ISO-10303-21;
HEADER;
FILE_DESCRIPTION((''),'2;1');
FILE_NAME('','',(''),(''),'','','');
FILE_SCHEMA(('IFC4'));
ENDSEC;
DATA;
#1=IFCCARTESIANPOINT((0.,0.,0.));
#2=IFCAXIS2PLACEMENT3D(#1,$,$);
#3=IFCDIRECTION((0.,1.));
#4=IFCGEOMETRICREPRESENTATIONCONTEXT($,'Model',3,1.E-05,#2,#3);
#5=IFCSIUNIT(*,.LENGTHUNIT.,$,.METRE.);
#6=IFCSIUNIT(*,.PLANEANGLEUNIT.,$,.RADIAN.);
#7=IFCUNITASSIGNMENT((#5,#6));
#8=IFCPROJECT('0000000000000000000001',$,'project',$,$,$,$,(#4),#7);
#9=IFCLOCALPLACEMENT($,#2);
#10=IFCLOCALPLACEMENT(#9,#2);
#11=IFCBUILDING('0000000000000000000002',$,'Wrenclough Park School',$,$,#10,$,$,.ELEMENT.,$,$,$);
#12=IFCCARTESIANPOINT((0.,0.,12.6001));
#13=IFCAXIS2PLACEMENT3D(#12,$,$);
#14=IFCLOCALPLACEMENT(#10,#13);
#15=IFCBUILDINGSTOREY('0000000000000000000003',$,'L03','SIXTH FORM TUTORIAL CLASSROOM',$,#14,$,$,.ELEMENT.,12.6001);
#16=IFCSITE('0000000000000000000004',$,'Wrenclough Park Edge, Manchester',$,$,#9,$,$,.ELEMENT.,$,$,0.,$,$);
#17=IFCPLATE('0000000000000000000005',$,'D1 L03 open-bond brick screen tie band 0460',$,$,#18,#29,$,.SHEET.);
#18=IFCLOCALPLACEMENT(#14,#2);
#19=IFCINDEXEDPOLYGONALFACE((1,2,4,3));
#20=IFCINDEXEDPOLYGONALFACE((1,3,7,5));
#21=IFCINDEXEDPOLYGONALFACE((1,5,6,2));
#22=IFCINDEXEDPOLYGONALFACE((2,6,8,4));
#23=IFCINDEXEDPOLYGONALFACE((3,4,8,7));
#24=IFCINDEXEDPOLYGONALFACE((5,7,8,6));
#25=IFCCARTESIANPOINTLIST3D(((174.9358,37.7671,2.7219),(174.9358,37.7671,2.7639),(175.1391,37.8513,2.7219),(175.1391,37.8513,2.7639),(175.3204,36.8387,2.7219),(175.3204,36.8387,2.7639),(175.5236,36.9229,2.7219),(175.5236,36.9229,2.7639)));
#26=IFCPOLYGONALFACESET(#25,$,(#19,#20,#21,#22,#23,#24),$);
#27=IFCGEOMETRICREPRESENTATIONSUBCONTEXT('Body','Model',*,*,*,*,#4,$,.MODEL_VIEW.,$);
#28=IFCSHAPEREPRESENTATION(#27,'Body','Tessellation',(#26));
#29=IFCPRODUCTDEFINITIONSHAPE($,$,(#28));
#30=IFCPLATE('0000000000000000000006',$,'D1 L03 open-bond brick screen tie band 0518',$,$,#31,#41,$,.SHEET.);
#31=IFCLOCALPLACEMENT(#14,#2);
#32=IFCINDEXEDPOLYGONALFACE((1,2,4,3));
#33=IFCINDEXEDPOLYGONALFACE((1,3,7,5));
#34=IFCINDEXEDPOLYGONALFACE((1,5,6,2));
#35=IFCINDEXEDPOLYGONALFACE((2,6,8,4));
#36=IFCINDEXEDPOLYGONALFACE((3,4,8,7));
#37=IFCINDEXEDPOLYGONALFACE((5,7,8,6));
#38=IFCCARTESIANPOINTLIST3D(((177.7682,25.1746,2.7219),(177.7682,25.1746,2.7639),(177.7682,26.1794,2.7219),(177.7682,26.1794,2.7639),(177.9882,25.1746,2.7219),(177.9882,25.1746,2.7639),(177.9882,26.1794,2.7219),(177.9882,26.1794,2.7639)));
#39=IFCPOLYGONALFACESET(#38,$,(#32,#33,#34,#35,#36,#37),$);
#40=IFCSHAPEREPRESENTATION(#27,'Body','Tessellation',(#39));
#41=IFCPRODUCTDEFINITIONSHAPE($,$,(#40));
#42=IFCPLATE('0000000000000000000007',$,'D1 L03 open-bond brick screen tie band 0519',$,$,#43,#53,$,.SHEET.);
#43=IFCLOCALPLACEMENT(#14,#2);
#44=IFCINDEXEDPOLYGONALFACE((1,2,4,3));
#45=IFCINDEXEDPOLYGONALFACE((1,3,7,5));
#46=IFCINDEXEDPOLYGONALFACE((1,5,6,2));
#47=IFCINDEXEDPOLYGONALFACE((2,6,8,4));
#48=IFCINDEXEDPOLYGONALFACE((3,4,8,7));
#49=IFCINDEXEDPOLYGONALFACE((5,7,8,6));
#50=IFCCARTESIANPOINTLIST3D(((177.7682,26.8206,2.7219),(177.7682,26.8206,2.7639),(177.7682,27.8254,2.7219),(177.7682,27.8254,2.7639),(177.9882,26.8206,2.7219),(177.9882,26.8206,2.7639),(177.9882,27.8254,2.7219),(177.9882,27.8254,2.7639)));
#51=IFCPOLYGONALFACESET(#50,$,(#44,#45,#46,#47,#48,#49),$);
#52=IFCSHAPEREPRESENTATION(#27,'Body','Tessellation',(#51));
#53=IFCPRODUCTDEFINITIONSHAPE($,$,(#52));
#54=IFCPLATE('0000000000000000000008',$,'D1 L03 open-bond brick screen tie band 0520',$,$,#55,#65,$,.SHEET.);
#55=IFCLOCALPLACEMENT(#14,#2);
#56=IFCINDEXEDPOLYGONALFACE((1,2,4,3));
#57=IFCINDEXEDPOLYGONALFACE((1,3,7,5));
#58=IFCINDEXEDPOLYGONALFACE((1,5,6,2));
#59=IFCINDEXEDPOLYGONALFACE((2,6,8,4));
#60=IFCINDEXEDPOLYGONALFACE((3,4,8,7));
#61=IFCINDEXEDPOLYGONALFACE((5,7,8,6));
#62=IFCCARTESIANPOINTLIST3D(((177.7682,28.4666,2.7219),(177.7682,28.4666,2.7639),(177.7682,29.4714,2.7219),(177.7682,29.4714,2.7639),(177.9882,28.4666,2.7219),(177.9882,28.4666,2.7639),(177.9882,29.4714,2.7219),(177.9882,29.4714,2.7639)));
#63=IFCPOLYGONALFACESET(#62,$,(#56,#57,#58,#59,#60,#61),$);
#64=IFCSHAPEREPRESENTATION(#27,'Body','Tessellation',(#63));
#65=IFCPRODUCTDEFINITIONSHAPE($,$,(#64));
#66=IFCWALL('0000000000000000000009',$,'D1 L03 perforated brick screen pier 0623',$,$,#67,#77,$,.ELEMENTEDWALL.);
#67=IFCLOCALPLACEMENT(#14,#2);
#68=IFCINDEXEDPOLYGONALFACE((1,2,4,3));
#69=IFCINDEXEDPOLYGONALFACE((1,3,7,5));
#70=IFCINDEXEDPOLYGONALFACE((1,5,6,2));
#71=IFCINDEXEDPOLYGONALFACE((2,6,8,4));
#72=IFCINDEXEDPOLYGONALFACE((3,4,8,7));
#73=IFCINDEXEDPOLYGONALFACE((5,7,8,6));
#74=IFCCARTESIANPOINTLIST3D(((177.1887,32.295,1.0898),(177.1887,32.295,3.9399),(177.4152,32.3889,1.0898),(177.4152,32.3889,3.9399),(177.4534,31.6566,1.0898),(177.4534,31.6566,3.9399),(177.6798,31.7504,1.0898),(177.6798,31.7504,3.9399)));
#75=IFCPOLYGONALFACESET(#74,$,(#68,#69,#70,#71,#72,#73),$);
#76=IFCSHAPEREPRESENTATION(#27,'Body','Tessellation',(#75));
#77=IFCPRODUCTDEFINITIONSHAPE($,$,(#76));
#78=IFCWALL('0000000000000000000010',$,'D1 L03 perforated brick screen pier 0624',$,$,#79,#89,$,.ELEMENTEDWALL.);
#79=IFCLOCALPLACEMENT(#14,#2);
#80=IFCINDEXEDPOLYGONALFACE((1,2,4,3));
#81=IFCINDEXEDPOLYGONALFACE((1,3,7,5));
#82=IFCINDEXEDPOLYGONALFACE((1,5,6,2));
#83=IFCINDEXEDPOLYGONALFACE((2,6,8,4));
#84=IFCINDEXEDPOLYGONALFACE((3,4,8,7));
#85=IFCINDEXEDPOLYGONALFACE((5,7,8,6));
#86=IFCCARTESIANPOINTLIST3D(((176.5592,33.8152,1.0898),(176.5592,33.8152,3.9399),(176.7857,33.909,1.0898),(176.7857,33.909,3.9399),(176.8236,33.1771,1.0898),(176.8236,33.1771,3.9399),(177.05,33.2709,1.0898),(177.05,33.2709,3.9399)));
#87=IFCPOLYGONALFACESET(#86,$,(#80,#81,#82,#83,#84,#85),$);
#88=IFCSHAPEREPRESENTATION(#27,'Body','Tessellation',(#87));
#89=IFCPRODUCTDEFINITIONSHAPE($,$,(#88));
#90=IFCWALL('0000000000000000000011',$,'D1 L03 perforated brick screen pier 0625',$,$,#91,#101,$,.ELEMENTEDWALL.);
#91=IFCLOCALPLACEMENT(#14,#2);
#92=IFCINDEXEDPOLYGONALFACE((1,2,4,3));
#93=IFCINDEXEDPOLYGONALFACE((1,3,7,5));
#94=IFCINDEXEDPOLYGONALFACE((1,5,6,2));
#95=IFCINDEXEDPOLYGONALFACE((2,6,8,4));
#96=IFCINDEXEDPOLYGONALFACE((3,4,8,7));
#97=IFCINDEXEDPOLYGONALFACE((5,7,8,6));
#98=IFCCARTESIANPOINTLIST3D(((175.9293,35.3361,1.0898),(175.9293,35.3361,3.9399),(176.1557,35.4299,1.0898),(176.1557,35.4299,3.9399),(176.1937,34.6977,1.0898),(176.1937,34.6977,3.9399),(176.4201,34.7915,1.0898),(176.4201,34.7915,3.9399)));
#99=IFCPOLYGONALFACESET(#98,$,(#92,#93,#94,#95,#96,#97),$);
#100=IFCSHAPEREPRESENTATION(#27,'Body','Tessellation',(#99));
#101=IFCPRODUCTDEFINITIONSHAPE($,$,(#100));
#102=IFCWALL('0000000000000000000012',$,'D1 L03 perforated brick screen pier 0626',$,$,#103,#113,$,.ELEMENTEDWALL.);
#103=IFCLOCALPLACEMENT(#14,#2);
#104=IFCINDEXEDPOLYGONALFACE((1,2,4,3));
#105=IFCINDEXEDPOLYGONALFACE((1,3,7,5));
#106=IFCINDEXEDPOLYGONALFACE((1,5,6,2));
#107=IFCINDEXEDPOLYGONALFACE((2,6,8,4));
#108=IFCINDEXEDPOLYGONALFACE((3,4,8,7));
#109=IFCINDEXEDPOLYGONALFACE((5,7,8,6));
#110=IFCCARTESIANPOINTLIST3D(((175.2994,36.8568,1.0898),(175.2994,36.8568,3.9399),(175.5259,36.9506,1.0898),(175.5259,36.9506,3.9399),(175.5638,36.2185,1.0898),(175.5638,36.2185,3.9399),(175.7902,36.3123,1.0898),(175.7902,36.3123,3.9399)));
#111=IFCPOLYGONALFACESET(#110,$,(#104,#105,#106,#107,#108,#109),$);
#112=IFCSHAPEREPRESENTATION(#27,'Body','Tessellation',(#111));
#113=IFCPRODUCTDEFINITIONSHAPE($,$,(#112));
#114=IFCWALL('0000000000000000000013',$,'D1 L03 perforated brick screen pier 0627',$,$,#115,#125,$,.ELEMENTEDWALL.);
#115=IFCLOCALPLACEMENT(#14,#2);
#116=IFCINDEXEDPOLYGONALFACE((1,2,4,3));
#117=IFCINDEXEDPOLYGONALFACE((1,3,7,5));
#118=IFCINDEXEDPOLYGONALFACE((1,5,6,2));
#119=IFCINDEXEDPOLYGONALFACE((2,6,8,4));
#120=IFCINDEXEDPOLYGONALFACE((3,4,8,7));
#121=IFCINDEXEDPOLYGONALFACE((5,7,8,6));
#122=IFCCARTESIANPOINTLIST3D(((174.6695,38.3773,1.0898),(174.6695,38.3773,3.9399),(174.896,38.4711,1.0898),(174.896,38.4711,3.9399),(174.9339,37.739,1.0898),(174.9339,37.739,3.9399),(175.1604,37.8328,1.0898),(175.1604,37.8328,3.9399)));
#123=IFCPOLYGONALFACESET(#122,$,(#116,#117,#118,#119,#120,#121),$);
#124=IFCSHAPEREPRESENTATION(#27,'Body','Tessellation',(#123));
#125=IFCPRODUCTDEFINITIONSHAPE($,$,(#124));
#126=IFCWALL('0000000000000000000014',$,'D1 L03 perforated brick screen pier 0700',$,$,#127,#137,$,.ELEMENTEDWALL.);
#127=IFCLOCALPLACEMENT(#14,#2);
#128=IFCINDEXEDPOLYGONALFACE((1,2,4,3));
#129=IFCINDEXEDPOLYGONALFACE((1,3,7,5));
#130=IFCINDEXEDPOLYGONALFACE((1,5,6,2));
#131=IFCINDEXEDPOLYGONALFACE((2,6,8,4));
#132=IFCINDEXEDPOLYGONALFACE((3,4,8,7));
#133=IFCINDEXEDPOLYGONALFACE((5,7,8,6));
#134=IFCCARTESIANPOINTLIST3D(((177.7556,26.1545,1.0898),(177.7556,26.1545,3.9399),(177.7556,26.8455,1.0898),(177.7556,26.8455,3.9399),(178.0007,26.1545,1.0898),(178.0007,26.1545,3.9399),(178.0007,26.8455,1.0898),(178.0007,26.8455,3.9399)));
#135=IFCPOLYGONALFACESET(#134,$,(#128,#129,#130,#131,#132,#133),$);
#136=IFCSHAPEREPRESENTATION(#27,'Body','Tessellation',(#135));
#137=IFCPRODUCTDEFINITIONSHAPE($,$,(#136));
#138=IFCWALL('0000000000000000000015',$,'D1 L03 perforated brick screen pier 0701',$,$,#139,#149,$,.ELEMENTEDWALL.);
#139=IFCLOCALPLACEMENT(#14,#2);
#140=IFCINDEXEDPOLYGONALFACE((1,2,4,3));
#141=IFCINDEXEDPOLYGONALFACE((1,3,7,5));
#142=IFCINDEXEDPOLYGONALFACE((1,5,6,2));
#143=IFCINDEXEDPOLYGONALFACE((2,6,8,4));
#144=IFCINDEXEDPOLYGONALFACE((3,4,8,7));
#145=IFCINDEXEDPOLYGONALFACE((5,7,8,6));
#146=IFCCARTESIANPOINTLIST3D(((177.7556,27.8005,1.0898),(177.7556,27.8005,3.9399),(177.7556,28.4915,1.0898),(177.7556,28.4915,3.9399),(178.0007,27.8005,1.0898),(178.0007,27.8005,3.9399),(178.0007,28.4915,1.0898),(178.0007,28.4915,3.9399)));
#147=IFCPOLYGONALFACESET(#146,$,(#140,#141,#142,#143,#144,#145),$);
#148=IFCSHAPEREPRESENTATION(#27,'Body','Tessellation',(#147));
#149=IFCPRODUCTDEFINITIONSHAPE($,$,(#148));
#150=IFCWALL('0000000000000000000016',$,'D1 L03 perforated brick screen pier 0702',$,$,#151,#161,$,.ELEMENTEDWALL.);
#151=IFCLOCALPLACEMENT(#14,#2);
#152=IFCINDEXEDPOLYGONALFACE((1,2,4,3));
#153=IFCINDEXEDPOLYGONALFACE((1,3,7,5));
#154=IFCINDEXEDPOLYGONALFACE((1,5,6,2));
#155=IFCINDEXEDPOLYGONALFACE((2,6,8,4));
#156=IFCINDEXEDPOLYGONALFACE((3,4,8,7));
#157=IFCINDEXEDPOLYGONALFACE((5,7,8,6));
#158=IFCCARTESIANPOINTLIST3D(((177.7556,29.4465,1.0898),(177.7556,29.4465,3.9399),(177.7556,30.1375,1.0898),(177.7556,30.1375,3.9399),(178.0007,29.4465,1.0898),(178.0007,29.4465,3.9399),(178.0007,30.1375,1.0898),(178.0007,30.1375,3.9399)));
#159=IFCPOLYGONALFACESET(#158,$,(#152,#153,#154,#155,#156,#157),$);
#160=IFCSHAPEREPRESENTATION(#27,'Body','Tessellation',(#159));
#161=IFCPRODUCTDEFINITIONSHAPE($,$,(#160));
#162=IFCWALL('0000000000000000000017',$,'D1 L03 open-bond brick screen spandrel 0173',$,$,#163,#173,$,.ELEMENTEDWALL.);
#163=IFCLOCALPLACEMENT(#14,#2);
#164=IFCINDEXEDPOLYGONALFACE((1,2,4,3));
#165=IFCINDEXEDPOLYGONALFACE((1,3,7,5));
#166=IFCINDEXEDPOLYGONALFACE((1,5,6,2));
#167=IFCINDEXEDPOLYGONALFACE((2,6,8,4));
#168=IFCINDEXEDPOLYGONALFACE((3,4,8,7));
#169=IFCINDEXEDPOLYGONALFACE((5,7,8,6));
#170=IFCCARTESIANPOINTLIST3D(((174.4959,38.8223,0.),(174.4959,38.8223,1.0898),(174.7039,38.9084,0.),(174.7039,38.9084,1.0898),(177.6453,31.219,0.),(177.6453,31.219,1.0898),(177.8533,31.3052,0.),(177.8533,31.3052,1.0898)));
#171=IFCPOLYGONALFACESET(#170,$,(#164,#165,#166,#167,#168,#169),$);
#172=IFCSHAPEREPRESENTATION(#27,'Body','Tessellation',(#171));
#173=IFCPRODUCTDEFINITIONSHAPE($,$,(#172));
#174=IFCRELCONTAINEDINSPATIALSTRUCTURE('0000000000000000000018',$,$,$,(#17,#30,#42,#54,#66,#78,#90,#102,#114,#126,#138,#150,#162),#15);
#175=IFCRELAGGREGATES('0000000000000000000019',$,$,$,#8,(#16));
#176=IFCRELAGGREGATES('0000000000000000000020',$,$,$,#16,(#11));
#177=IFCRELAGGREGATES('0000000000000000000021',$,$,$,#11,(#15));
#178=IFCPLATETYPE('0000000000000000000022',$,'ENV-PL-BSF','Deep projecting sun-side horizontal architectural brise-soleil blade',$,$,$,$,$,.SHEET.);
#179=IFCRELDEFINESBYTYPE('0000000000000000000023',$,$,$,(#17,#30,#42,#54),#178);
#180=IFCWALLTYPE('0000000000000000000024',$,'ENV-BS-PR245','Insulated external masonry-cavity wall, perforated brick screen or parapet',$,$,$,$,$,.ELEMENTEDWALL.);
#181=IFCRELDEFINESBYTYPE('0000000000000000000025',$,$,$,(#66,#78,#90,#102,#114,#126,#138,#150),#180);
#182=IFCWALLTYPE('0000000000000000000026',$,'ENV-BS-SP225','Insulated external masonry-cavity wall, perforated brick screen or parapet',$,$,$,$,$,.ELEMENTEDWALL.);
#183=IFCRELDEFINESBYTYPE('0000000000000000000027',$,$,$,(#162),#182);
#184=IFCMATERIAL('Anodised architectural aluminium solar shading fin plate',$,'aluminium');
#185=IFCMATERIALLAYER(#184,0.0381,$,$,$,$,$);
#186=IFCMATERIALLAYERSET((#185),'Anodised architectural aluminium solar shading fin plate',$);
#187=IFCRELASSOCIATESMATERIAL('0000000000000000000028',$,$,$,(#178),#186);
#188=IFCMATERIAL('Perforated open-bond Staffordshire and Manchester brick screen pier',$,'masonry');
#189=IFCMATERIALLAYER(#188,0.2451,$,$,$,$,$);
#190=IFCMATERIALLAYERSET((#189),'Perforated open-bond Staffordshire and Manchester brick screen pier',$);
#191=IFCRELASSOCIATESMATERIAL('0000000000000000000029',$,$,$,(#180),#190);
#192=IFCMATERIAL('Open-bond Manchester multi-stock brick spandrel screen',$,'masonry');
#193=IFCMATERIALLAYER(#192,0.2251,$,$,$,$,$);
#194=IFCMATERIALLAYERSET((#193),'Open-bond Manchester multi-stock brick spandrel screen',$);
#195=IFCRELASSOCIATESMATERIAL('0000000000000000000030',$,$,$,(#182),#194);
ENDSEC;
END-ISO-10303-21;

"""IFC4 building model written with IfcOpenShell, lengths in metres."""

from ifc_helpers import new_model, si_unit, direction, frame, frame_2d, origin, origin_2d, place, context, subcontext, project, spatial, rectangle, extrude, material, layer, layer_set, type_object, element, save


model = new_model("IFC4")

# Units and contexts
model_context = context("Model", 3, precision=1e-05, world=origin(), true_north=direction((0.0, 1.0)))
body_context = subcontext(model_context, "Body", "Model", "MODEL_VIEW")
ifc_project = project(units=[si_unit("LENGTHUNIT", "METRE"), si_unit("PLANEANGLEUNIT", "RADIAN")], contexts=[model_context])

# Site, building, storey
site_placement = place(None, origin())
site = spatial("IfcSite", under=ifc_project, at=site_placement, Name="Wrenclough Park Edge, Manchester", CompositionType="ELEMENT", RefElevation=0.0)
building_placement = place(site_placement, origin())
building = spatial("IfcBuilding", under=site, at=building_placement, Name="Wrenclough Park School", CompositionType="ELEMENT")
storey_placement = place(building_placement, frame((0.0, 0.0, 12.6001)))
storey = spatial("IfcBuildingStorey", under=building, at=storey_placement, Name="L03", Description="SIXTH FORM TUTORIAL CLASSROOM", CompositionType="ELEMENT", Elevation=12.6001)

# Plates
ifc_material_1 = material(Name="Anodised architectural aluminium solar shading fin plate", Category="aluminium")
ifc_layer_1 = layer(ifc_material_1, 0.0381)
ifc_layer_set_1 = layer_set([ifc_layer_1], Name="Anodised architectural aluminium solar shading fin plate")
plate_type = type_object("IfcPlateType", Name="ENV-PL-BSF", Description="Deep projecting sun-side horizontal architectural brise-soleil blade", PredefinedType="SHEET", material=ifc_layer_set_1)
for number, where, z_axis, x_axis, name in (
    (1, (175.2297, 37.345, 2.7219), (0.0, 0.0, 1.0), (-0.382684, 0.923879, 0.0), "D1 L03 open-bond brick screen tie band 0460"),
    (2, (177.8782, 25.677, 2.7219), (0.0, 0.0, 1.0), (0.0, 1.0, 0.0), "D1 L03 open-bond brick screen tie band 0518"),
    (3, (177.8782, 27.323, 2.7219), (0.0, 0.0, 1.0), (0.0, 1.0, 0.0), "D1 L03 open-bond brick screen tie band 0519"),
    (4, (177.8782, 28.969, 2.7219), (0.0, 0.0, 1.0), (0.0, 1.0, 0.0), "D1 L03 open-bond brick screen tie band 0520"),
):
    element("IfcPlate", number, at=place(storey_placement, frame(where, z_axis=z_axis, x_axis=x_axis)), inside=storey, type_object=plate_type, Name=name, PredefinedType="SHEET", context=body_context, shape_type="SweptSolid", body=[
        extrude(rectangle(XDim=1.0049, YDim=0.22, at=origin_2d()), origin(), (0.0, 0.0, 1.0), 0.042),
    ])

# Walls
ifc_material_2 = material(Name="Perforated open-bond Staffordshire and Manchester brick screen pier", Category="masonry")
ifc_layer_2 = layer(ifc_material_2, 0.2451)
ifc_layer_set_2 = layer_set([ifc_layer_2], Name="Perforated open-bond Staffordshire and Manchester brick screen pier")
wall_type_1 = type_object("IfcWallType", Name="ENV-BS-PR245", Description="Insulated external masonry-cavity wall, perforated brick screen or parapet", PredefinedType="ELEMENTEDWALL", material=ifc_layer_set_2)
wall_1_placement = place(storey_placement, frame((177.5667, 31.7034, 1.0898), z_axis=(0.0, 0.0, 1.0), x_axis=(-0.382934, 0.923776, 0.0)))
element("IfcWall", 5, at=wall_1_placement, inside=storey, type_object=wall_type_1, Name="D1 L03 perforated brick screen pier 0623", PredefinedType="ELEMENTEDWALL", context=body_context, shape_type="SweptSolid", body=[
    extrude(rectangle(XDim=0.6912, YDim=0.2451, at=frame_2d((0.3457, 0.0))), origin(), (0.0, 0.0, 1.0), 2.8501),
])
wall_2_placement = place(storey_placement, frame((176.9368, 33.2241, 1.0898), z_axis=(0.0, 0.0, 1.0), x_axis=(-0.382758, 0.923849, 0.0)))
element("IfcWall", 6, at=wall_2_placement, inside=storey, type_object=wall_type_1, Name="D1 L03 perforated brick screen pier 0624", PredefinedType="ELEMENTEDWALL", context=body_context, shape_type="SweptSolid", body=[
    extrude(rectangle(XDim=0.6907, YDim=0.2451, at=frame_2d((0.3452, 0.0))), origin(), (0.0, 0.0, 1.0), 2.8501),
])
for number, where, z_axis, x_axis, name in (
    (7, (176.3069, 34.7446, 1.0898), (0.0, 0.0, 1.0), (-0.382633, 0.923901, 0.0), "D1 L03 perforated brick screen pier 0625"),
    (8, (175.677, 36.2654, 1.0898), (0.0, 0.0, 1.0), (-0.382633, 0.923901, 0.0), "D1 L03 perforated brick screen pier 0626"),
    (9, (175.0471, 37.7859, 1.0898), (0.0, 0.0, 1.0), (-0.382633, 0.923901, 0.0), "D1 L03 perforated brick screen pier 0627"),
    (10, (177.8782, 26.1545, 1.0898), (0.0, 0.0, 1.0), (0.0, 1.0, 0.0), "D1 L03 perforated brick screen pier 0700"),
    (11, (177.8782, 27.8005, 1.0898), (0.0, 0.0, 1.0), (0.0, 1.0, 0.0), "D1 L03 perforated brick screen pier 0701"),
    (12, (177.8782, 29.4465, 1.0898), (0.0, 0.0, 1.0), (0.0, 1.0, 0.0), "D1 L03 perforated brick screen pier 0702"),
):
    element("IfcWall", number, at=place(storey_placement, frame(where, z_axis=z_axis, x_axis=x_axis)), inside=storey, type_object=wall_type_1, Name=name, PredefinedType="ELEMENTEDWALL", context=body_context, shape_type="SweptSolid", body=[
        extrude(rectangle(XDim=0.6909, YDim=0.2451, at=frame_2d((0.3455, 0.0))), origin(), (0.0, 0.0, 1.0), 2.8501),
    ])
ifc_material_3 = material(Name="Open-bond Manchester multi-stock brick spandrel screen", Category="masonry")
ifc_layer_3 = layer(ifc_material_3, 0.2251)
ifc_layer_set_3 = layer_set([ifc_layer_3], Name="Open-bond Manchester multi-stock brick spandrel screen")
wall_type_2 = type_object("IfcWallType", Name="ENV-BS-SP225", Description="Insulated external masonry-cavity wall, perforated brick screen or parapet", PredefinedType="ELEMENTEDWALL", material=ifc_layer_set_3)
wall_3_placement = place(storey_placement, frame((177.7493, 31.2622, 0.0), z_axis=(0.0, 0.0, 1.0), x_axis=(-0.382687, 0.923878, 0.0)))
element("IfcWall", 13, at=wall_3_placement, inside=storey, type_object=wall_type_2, Name="D1 L03 open-bond brick screen spandrel 0173", PredefinedType="ELEMENTEDWALL", context=body_context, shape_type="SweptSolid", body=[
    extrude(rectangle(XDim=8.2297, YDim=0.2251, at=frame_2d((4.1147, 0.0))), origin(), (0.0, 0.0, 1.0), 1.0898),
])

save(model, "model.ifc")
